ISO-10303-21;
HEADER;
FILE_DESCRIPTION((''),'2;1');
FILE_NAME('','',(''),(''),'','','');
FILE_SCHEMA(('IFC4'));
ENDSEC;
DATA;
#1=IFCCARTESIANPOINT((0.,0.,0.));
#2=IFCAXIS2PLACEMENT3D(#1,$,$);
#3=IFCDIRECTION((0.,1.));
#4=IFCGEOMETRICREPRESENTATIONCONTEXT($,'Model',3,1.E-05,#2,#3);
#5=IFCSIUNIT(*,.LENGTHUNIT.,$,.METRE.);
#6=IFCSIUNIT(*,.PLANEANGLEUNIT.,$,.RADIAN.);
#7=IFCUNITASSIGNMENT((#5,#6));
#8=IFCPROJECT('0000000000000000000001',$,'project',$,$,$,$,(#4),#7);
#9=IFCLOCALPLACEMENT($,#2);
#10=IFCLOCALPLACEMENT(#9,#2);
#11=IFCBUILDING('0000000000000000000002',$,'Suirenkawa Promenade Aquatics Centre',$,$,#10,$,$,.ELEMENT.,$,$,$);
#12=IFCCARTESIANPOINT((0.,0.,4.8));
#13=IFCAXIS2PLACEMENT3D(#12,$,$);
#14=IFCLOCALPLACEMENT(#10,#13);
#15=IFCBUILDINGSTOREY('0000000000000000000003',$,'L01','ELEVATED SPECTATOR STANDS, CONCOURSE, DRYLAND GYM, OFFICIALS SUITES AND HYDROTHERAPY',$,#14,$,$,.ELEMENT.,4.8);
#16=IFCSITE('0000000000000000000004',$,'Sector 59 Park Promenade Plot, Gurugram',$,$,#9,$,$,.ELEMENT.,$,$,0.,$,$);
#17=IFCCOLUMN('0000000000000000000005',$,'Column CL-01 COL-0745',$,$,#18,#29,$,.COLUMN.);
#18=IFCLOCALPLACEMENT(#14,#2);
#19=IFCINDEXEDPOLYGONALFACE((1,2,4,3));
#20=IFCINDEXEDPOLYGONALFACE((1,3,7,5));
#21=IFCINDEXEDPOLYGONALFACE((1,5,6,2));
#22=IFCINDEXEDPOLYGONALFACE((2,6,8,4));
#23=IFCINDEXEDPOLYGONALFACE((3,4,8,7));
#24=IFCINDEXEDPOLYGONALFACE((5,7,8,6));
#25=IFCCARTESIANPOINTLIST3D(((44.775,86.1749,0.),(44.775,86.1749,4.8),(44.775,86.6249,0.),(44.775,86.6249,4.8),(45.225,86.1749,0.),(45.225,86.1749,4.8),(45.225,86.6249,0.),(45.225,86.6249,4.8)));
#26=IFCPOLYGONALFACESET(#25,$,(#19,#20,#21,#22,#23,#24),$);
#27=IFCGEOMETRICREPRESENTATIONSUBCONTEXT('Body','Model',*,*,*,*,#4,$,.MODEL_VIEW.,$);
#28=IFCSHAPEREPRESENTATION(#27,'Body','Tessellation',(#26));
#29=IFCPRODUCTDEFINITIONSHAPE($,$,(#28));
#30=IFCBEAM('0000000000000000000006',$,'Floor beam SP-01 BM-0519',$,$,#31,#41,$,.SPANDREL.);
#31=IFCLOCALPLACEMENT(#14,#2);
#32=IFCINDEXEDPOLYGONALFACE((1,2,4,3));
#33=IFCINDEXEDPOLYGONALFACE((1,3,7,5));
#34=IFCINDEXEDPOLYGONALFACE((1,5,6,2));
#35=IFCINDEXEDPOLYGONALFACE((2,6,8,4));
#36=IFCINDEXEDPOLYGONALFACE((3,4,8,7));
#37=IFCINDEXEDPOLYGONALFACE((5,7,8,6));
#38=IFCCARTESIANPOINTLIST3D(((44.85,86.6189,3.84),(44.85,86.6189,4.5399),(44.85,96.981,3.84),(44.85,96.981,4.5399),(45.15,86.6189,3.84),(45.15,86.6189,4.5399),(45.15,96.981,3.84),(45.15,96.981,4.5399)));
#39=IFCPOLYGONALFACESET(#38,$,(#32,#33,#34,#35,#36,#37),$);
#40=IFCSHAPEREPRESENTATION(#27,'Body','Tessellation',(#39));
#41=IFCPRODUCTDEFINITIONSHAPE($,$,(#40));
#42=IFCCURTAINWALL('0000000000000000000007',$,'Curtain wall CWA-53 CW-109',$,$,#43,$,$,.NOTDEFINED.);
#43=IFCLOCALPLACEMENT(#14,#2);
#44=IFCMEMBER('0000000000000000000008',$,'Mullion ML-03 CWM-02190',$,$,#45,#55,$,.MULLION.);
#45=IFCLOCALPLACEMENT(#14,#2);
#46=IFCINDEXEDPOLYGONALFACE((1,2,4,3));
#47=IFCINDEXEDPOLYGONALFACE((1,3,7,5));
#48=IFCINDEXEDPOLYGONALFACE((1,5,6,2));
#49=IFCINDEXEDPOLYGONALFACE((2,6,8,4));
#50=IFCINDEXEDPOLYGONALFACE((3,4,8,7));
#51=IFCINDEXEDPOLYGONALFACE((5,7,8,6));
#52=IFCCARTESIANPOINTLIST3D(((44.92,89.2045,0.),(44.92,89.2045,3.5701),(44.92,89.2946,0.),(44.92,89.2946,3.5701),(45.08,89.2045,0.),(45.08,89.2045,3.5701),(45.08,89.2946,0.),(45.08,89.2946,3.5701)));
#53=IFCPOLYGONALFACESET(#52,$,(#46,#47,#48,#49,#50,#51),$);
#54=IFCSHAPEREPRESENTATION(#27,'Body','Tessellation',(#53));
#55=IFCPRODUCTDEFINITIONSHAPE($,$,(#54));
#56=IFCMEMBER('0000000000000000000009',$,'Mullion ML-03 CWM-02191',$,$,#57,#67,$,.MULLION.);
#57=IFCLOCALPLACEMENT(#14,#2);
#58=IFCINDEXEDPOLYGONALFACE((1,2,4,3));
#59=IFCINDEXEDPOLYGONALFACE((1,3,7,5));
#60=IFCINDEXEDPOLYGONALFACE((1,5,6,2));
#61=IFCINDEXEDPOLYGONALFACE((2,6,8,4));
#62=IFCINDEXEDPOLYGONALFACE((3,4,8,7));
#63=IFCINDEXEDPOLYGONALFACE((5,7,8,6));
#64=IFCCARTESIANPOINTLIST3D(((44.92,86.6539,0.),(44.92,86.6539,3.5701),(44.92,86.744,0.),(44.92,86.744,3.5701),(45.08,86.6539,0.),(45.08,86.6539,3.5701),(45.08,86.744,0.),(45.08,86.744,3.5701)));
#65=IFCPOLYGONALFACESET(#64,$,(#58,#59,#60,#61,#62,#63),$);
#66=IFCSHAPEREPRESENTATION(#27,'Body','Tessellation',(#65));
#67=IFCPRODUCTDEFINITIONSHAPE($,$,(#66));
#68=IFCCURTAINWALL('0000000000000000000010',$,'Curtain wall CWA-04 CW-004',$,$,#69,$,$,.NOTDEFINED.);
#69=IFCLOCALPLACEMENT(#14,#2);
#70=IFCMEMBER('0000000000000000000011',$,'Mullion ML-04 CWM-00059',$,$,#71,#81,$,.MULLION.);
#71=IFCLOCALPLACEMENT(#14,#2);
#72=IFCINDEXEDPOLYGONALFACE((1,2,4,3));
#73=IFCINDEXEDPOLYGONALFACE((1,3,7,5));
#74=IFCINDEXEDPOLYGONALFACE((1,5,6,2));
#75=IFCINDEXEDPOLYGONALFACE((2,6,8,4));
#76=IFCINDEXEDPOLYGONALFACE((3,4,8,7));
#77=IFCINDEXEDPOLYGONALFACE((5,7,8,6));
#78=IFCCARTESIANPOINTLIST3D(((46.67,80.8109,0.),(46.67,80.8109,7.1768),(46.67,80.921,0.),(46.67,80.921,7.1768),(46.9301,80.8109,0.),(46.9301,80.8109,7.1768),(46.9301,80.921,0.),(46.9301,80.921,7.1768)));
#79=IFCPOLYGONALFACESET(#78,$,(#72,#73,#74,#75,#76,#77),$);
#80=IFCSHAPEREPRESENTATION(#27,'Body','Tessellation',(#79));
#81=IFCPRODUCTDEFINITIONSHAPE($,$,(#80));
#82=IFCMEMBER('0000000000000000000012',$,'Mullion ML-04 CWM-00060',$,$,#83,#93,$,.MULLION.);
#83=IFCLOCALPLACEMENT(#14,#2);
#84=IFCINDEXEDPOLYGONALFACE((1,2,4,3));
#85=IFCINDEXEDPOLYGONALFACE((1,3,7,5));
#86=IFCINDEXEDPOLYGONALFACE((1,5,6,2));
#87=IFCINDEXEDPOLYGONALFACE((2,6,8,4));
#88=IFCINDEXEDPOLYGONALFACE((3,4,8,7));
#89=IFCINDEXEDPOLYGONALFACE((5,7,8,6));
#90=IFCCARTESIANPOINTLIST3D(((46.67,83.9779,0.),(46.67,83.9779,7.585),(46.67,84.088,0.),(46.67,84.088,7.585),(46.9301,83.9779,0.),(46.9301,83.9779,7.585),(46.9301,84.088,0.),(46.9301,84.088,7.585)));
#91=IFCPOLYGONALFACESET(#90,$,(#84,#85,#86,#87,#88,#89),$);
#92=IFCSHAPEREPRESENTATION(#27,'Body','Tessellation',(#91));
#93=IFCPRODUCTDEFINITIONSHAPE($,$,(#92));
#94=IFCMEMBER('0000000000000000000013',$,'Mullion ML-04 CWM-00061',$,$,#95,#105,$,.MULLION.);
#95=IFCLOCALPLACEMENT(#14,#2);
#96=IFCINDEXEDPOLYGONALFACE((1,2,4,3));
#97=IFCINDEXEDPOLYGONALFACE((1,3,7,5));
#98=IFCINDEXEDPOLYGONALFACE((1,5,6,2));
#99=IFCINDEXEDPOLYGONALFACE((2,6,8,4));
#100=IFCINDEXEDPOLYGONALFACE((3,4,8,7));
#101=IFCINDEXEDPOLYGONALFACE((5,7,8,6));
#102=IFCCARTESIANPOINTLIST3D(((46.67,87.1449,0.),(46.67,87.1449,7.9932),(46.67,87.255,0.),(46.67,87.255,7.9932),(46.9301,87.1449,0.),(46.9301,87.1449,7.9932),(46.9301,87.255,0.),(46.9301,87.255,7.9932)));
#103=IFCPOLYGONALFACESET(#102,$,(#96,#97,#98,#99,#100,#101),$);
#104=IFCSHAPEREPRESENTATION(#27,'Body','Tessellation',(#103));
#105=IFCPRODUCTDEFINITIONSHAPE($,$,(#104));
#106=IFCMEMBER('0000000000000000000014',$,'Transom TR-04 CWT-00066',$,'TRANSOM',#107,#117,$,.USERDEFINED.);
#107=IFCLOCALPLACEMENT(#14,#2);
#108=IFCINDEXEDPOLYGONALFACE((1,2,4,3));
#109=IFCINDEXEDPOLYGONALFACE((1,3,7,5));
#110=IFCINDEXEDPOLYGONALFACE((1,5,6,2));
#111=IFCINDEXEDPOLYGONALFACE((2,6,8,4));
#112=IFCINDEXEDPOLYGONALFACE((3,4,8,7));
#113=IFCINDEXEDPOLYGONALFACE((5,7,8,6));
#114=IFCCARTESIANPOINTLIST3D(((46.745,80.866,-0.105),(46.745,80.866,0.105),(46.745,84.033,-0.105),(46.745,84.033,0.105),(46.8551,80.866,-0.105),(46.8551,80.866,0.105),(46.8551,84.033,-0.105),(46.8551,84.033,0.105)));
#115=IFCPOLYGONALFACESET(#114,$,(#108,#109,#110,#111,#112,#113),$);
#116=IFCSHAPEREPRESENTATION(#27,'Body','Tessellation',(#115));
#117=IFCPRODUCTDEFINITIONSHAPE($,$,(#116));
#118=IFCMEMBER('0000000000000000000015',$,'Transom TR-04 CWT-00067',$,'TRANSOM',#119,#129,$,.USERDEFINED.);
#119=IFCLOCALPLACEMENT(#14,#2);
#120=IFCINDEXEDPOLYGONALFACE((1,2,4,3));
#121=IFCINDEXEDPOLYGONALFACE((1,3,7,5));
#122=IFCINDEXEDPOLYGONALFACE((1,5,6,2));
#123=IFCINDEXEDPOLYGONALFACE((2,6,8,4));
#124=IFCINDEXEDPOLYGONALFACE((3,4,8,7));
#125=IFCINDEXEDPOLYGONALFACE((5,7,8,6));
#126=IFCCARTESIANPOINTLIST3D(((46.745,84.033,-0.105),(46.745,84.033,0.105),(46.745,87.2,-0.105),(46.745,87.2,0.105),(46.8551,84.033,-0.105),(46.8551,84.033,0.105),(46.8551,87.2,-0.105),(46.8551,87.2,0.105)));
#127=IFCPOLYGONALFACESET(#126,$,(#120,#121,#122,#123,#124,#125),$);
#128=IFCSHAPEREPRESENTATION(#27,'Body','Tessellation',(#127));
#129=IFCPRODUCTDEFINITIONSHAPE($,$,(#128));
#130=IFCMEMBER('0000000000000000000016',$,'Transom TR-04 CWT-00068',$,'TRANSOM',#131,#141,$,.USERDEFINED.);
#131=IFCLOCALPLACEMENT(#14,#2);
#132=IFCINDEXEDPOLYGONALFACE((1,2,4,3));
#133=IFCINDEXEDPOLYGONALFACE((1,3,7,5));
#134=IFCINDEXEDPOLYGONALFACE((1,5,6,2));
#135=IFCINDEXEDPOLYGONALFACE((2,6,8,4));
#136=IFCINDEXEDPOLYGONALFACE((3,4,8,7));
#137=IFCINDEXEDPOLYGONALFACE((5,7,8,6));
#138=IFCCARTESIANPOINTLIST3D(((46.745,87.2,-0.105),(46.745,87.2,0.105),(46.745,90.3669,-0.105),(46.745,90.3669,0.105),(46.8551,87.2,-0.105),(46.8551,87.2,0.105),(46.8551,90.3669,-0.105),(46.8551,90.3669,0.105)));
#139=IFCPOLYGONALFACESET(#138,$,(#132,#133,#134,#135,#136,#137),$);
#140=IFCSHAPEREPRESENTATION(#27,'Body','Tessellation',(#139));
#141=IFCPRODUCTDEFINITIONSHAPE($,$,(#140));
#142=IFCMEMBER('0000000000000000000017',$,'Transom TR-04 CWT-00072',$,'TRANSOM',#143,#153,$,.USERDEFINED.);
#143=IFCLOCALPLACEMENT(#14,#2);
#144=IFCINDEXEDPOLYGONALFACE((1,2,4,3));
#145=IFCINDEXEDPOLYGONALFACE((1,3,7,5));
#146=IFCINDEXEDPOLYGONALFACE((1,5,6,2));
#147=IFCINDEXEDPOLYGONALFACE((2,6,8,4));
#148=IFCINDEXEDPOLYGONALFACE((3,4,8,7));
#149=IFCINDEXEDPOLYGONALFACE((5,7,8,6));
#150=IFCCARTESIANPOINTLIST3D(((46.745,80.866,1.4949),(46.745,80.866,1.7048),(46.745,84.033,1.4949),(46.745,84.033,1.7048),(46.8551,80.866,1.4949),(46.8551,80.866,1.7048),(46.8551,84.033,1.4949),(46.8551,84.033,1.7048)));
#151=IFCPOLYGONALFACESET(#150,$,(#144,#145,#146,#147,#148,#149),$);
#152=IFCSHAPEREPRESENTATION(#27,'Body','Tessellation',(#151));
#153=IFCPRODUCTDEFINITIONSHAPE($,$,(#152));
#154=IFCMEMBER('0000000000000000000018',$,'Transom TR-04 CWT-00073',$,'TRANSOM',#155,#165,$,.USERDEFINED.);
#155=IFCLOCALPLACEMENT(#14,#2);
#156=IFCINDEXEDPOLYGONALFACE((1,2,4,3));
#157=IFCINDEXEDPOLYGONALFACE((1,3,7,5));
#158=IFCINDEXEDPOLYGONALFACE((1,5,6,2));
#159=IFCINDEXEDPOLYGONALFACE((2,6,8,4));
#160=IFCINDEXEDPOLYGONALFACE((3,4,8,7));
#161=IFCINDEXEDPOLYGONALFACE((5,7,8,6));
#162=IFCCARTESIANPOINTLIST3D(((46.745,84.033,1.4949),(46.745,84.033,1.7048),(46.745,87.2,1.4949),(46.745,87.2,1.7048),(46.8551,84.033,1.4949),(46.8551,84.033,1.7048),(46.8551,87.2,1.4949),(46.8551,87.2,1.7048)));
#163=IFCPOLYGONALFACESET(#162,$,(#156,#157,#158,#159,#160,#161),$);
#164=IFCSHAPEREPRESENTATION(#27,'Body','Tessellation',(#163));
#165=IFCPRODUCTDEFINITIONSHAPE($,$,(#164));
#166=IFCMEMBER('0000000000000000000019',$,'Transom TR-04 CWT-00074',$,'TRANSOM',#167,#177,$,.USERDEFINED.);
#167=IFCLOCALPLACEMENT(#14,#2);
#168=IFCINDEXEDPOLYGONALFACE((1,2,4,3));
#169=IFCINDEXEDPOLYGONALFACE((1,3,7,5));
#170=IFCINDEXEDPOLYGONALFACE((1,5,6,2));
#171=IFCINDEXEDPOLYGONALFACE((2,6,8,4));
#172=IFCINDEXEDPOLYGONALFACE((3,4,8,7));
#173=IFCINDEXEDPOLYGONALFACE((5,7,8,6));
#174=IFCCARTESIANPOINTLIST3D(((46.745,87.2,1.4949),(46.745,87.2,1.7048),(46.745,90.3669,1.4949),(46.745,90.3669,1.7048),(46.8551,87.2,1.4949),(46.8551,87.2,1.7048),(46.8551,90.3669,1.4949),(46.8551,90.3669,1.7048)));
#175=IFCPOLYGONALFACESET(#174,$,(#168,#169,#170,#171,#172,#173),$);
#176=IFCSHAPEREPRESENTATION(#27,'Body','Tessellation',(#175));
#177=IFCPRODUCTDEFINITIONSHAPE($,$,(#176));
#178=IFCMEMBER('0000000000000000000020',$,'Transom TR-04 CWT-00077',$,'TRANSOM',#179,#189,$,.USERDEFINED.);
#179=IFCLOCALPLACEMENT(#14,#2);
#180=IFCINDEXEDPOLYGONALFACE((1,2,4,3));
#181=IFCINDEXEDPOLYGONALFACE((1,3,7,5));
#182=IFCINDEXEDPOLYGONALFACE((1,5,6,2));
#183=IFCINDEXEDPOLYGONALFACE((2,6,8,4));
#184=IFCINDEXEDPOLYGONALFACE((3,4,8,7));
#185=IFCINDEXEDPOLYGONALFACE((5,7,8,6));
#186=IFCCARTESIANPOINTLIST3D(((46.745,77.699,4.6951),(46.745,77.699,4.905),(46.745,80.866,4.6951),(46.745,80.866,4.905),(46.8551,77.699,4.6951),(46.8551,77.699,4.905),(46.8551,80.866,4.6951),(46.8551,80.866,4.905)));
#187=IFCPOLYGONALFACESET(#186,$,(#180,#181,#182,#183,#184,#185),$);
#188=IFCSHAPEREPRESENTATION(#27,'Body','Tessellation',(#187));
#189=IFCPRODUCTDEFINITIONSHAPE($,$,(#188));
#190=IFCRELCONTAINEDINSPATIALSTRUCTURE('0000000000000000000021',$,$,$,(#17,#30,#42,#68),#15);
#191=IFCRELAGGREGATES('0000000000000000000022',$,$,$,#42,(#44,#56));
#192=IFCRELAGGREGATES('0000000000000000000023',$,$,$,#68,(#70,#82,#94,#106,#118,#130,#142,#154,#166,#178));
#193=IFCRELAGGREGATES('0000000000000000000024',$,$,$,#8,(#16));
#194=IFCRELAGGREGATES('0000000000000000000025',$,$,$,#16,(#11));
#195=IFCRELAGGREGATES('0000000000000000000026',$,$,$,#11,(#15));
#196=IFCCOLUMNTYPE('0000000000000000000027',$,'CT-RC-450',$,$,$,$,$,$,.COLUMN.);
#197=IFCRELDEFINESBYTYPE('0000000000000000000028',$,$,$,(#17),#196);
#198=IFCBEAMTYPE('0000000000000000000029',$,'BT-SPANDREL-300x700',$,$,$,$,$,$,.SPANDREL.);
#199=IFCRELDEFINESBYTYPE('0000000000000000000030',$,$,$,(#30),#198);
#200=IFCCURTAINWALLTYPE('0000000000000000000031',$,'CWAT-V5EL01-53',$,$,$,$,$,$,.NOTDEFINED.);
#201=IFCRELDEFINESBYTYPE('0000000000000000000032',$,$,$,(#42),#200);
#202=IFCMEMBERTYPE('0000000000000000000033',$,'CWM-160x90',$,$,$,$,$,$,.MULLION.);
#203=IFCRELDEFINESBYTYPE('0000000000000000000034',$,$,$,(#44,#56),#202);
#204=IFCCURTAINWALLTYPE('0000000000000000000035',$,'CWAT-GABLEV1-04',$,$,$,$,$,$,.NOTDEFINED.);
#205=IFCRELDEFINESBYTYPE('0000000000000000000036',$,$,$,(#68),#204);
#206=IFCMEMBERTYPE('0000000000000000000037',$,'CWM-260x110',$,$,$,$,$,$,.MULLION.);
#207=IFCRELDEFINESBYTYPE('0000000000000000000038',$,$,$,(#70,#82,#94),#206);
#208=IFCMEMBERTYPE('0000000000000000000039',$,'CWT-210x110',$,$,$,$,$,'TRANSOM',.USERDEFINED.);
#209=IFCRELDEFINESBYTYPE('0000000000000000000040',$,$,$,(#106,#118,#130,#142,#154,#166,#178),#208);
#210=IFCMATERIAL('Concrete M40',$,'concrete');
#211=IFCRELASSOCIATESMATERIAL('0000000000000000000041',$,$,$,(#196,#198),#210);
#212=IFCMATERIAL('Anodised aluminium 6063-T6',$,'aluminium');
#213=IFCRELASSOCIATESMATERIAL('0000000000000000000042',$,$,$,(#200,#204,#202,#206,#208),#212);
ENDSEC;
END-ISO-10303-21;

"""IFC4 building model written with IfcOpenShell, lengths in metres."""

from ifc_helpers import new_model, si_unit, direction, frame, origin, origin_2d, place, context, subcontext, project, spatial, rectangle, extrude, material, material_profile, profile_set, type_object, element, aggregate, save


model = new_model("IFC4")

# Units and contexts
model_context = context("Model", 3, precision=1e-05, world=origin(), true_north=direction((0.0, 1.0)))
body_context = subcontext(model_context, "Body", "Model", "MODEL_VIEW")
ifc_project = project(units=[si_unit("LENGTHUNIT", "METRE"), si_unit("PLANEANGLEUNIT", "RADIAN")], contexts=[model_context])

# Site, building, storey
site_placement = place(None, origin())
site = spatial("IfcSite", under=ifc_project, at=site_placement, Name="Sector 59 Park Promenade Plot, Gurugram", CompositionType="ELEMENT", RefElevation=0.0)
building_placement = place(site_placement, origin())
building = spatial("IfcBuilding", under=site, at=building_placement, Name="Suirenkawa Promenade Aquatics Centre", CompositionType="ELEMENT")
storey_placement = place(building_placement, frame((0.0, 0.0, 4.8)))
storey = spatial("IfcBuildingStorey", under=building, at=storey_placement, Name="L01", Description="ELEVATED SPECTATOR STANDS, CONCOURSE, DRYLAND GYM, OFFICIALS SUITES AND HYDROTHERAPY", CompositionType="ELEMENT", Elevation=4.8)

# Column
ifc_material_1 = material(Name="Concrete M40", Category="concrete")
ifc_material_profile_1 = material_profile(ifc_material_1, rectangle(XDim=0.45, YDim=0.45, at=origin_2d()), Name="RC COL 450x450", Category="concrete")
ifc_profile_set_1 = profile_set([ifc_material_profile_1], Name="Concrete M40")
column_type = type_object("IfcColumnType", Name="CT-RC-450", PredefinedType="COLUMN", material=ifc_profile_set_1)
column_placement = place(storey_placement, frame((45.0, 86.3999, 0.0), z_axis=(0.0, 0.0, 1.0), x_axis=(1.0, 0.0, 0.0)))
element("IfcColumn", 1, at=column_placement, inside=storey, type_object=column_type, Name="Column CL-01 COL-0745", PredefinedType="COLUMN", context=body_context, shape_type="SweptSolid", body=[
    extrude(rectangle(XDim=0.45, YDim=0.45, at=origin_2d()), origin(), (0.0, 0.0, 1.0), 4.8),
])

# Beam
ifc_material_profile_2 = material_profile(ifc_material_1, rectangle(XDim=0.3, YDim=0.7, at=origin_2d()), Name="RC SPANDREL 300x700", Category="concrete")
ifc_profile_set_2 = profile_set([ifc_material_profile_2], Name="Concrete M40")
beam_type = type_object("IfcBeamType", Name="BT-SPANDREL-300x700", PredefinedType="SPANDREL", material=ifc_profile_set_2)
beam_placement = place(storey_placement, frame((45.0, 86.6189, 4.1899), z_axis=(0.0, 1.0, 0.0), x_axis=(-1.0, 0.0, 0.0)))
element("IfcBeam", 2, at=beam_placement, inside=storey, type_object=beam_type, Name="Floor beam SP-01 BM-0519", PredefinedType="SPANDREL", context=body_context, shape_type="SweptSolid", body=[
    extrude(rectangle(XDim=0.3, YDim=0.7, at=origin_2d()), origin(), (0.0, 0.0, 1.0), 10.3621),
])

# Curtain wall, members
ifc_material_2 = material(Name="Anodised aluminium 6063-T6", Category="aluminium")
curtain_wall_type_1 = type_object("IfcCurtainWallType", Name="CWAT-V5EL01-53", PredefinedType="NOTDEFINED", material=ifc_material_2)
curtain_wall_1_placement = place(storey_placement, origin())
curtain_wall_1 = element("IfcCurtainWall", 3, at=curtain_wall_1_placement, inside=storey, type_object=curtain_wall_type_1, Name="Curtain wall CWA-53 CW-109", PredefinedType="NOTDEFINED")
ifc_material_profile_3 = material_profile(ifc_material_2, rectangle(XDim=0.0901, YDim=0.1599, at=origin_2d()), Name="ALU MULL 90x160", Category="aluminium")
ifc_profile_set_3 = profile_set([ifc_material_profile_3], Name="Anodised aluminium 6063-T6")
member_type_1 = type_object("IfcMemberType", Name="CWM-160x90", PredefinedType="MULLION", material=ifc_profile_set_3)
member_1_placement = place(storey_placement, frame((45.0, 89.2495, 0.0), z_axis=(0.0, 0.0, 1.0), x_axis=(0.0, -1.0, 0.0)))
member_1 = element("IfcMember", 4, at=member_1_placement, type_object=member_type_1, Name="Mullion ML-03 CWM-02190", PredefinedType="MULLION", context=body_context, shape_type="SweptSolid", body=[
    extrude(rectangle(XDim=0.0901, YDim=0.1599, at=origin_2d()), origin(), (0.0, 0.0, 1.0), 3.5701),
])
member_2_placement = place(storey_placement, frame((45.0, 86.699, 0.0), z_axis=(0.0, 0.0, 1.0), x_axis=(0.0, -1.0, 0.0)))
member_2 = element("IfcMember", 5, at=member_2_placement, type_object=member_type_1, Name="Mullion ML-03 CWM-02191", PredefinedType="MULLION", context=body_context, shape_type="SweptSolid", body=[
    extrude(rectangle(XDim=0.0901, YDim=0.1599, at=origin_2d()), origin(), (0.0, 0.0, 1.0), 3.5701),
])
aggregate(curtain_wall_1, [member_1, member_2])

# Curtain wall, members
curtain_wall_type_2 = type_object("IfcCurtainWallType", Name="CWAT-GABLEV1-04", PredefinedType="NOTDEFINED", material=ifc_material_2)
curtain_wall_2_placement = place(storey_placement, origin())
curtain_wall_2 = element("IfcCurtainWall", 6, at=curtain_wall_2_placement, inside=storey, type_object=curtain_wall_type_2, Name="Curtain wall CWA-04 CW-004", PredefinedType="NOTDEFINED")
ifc_material_profile_4 = material_profile(ifc_material_2, rectangle(XDim=0.1101, YDim=0.26, at=origin_2d()), Name="ALU MULL 110x260", Category="aluminium")
ifc_profile_set_4 = profile_set([ifc_material_profile_4], Name="Anodised aluminium 6063-T6")
member_type_2 = type_object("IfcMemberType", Name="CWM-260x110", PredefinedType="MULLION", material=ifc_profile_set_4)
member_3_placement = place(storey_placement, frame((46.8, 80.866, 0.0), z_axis=(0.0, 0.0, 1.0), x_axis=(0.0, 1.0, 0.0)))
member_3 = element("IfcMember", 7, at=member_3_placement, type_object=member_type_2, Name="Mullion ML-04 CWM-00059", PredefinedType="MULLION", context=body_context, shape_type="SweptSolid", body=[
    extrude(rectangle(XDim=0.1101, YDim=0.26, at=origin_2d()), origin(), (0.0, 0.0, 1.0), 7.1768),
])
member_4_placement = place(storey_placement, frame((46.8, 84.033, 0.0), z_axis=(0.0, 0.0, 1.0), x_axis=(0.0, 1.0, 0.0)))
member_4 = element("IfcMember", 8, at=member_4_placement, type_object=member_type_2, Name="Mullion ML-04 CWM-00060", PredefinedType="MULLION", context=body_context, shape_type="SweptSolid", body=[
    extrude(rectangle(XDim=0.1101, YDim=0.26, at=origin_2d()), origin(), (0.0, 0.0, 1.0), 7.585),
])
member_5_placement = place(storey_placement, frame((46.8, 87.2, 0.0), z_axis=(0.0, 0.0, 1.0), x_axis=(0.0, 1.0, 0.0)))
member_5 = element("IfcMember", 9, at=member_5_placement, type_object=member_type_2, Name="Mullion ML-04 CWM-00061", PredefinedType="MULLION", context=body_context, shape_type="SweptSolid", body=[
    extrude(rectangle(XDim=0.1101, YDim=0.26, at=origin_2d()), origin(), (0.0, 0.0, 1.0), 7.9932),
])
ifc_material_profile_5 = material_profile(ifc_material_2, rectangle(XDim=0.1101, YDim=0.21, at=origin_2d()), Name="ALU TRAN 110x210", Category="aluminium")
ifc_profile_set_5 = profile_set([ifc_material_profile_5], Name="Anodised aluminium 6063-T6")
member_type_3 = type_object("IfcMemberType", Name="CWT-210x110", ElementType="TRANSOM", PredefinedType="USERDEFINED", material=ifc_profile_set_5)
member_6_placement = place(storey_placement, frame((46.8, 80.866, 0.0), z_axis=(0.0, 1.0, 0.0), x_axis=(-1.0, 0.0, 0.0)))
member_6 = element("IfcMember", 10, at=member_6_placement, type_object=member_type_3, Name="Transom TR-04 CWT-00066", ObjectType="TRANSOM", PredefinedType="USERDEFINED", context=body_context, shape_type="SweptSolid", body=[
    extrude(rectangle(XDim=0.1101, YDim=0.21, at=origin_2d()), origin(), (0.0, 0.0, 1.0), 3.167),
])
member_7_placement = place(storey_placement, frame((46.8, 84.033, 0.0), z_axis=(0.0, 1.0, 0.0), x_axis=(-1.0, 0.0, 0.0)))
member_7 = element("IfcMember", 11, at=member_7_placement, type_object=member_type_3, Name="Transom TR-04 CWT-00067", ObjectType="TRANSOM", PredefinedType="USERDEFINED", context=body_context, shape_type="SweptSolid", body=[
    extrude(rectangle(XDim=0.1101, YDim=0.21, at=origin_2d()), origin(), (0.0, 0.0, 1.0), 3.167),
])
member_8_placement = place(storey_placement, frame((46.8, 87.2, 0.0), z_axis=(0.0, 1.0, 0.0), x_axis=(-1.0, 0.0, 0.0)))
member_8 = element("IfcMember", 12, at=member_8_placement, type_object=member_type_3, Name="Transom TR-04 CWT-00068", ObjectType="TRANSOM", PredefinedType="USERDEFINED", context=body_context, shape_type="SweptSolid", body=[
    extrude(rectangle(XDim=0.1101, YDim=0.21, at=origin_2d()), origin(), (0.0, 0.0, 1.0), 3.167),
])
member_9_placement = place(storey_placement, frame((46.8, 80.866, 1.5999), z_axis=(0.0, 1.0, 0.0), x_axis=(-1.0, 0.0, 0.0)))
member_9 = element("IfcMember", 13, at=member_9_placement, type_object=member_type_3, Name="Transom TR-04 CWT-00072", ObjectType="TRANSOM", PredefinedType="USERDEFINED", context=body_context, shape_type="SweptSolid", body=[
    extrude(rectangle(XDim=0.1101, YDim=0.21, at=origin_2d()), origin(), (0.0, 0.0, 1.0), 3.167),
])
member_10_placement = place(storey_placement, frame((46.8, 84.033, 1.5999), z_axis=(0.0, 1.0, 0.0), x_axis=(-1.0, 0.0, 0.0)))
member_10 = element("IfcMember", 14, at=member_10_placement, type_object=member_type_3, Name="Transom TR-04 CWT-00073", ObjectType="TRANSOM", PredefinedType="USERDEFINED", context=body_context, shape_type="SweptSolid", body=[
    extrude(rectangle(XDim=0.1101, YDim=0.21, at=origin_2d()), origin(), (0.0, 0.0, 1.0), 3.167),
])
member_11_placement = place(storey_placement, frame((46.8, 87.2, 1.5999), z_axis=(0.0, 1.0, 0.0), x_axis=(-1.0, 0.0, 0.0)))
member_11 = element("IfcMember", 15, at=member_11_placement, type_object=member_type_3, Name="Transom TR-04 CWT-00074", ObjectType="TRANSOM", PredefinedType="USERDEFINED", context=body_context, shape_type="SweptSolid", body=[
    extrude(rectangle(XDim=0.1101, YDim=0.21, at=origin_2d()), origin(), (0.0, 0.0, 1.0), 3.167),
])
member_12_placement = place(storey_placement, frame((46.8, 77.699, 4.8), z_axis=(0.0, 1.0, 0.0), x_axis=(-1.0, 0.0, 0.0)))
member_12 = element("IfcMember", 16, at=member_12_placement, type_object=member_type_3, Name="Transom TR-04 CWT-00077", ObjectType="TRANSOM", PredefinedType="USERDEFINED", context=body_context, shape_type="SweptSolid", body=[
    extrude(rectangle(XDim=0.1101, YDim=0.21, at=origin_2d()), origin(), (0.0, 0.0, 1.0), 3.167),
])
aggregate(curtain_wall_2, [member_3, member_4, member_5, member_6, member_7, member_8, member_9, member_10, member_11, member_12])

save(model, "model.ifc")
